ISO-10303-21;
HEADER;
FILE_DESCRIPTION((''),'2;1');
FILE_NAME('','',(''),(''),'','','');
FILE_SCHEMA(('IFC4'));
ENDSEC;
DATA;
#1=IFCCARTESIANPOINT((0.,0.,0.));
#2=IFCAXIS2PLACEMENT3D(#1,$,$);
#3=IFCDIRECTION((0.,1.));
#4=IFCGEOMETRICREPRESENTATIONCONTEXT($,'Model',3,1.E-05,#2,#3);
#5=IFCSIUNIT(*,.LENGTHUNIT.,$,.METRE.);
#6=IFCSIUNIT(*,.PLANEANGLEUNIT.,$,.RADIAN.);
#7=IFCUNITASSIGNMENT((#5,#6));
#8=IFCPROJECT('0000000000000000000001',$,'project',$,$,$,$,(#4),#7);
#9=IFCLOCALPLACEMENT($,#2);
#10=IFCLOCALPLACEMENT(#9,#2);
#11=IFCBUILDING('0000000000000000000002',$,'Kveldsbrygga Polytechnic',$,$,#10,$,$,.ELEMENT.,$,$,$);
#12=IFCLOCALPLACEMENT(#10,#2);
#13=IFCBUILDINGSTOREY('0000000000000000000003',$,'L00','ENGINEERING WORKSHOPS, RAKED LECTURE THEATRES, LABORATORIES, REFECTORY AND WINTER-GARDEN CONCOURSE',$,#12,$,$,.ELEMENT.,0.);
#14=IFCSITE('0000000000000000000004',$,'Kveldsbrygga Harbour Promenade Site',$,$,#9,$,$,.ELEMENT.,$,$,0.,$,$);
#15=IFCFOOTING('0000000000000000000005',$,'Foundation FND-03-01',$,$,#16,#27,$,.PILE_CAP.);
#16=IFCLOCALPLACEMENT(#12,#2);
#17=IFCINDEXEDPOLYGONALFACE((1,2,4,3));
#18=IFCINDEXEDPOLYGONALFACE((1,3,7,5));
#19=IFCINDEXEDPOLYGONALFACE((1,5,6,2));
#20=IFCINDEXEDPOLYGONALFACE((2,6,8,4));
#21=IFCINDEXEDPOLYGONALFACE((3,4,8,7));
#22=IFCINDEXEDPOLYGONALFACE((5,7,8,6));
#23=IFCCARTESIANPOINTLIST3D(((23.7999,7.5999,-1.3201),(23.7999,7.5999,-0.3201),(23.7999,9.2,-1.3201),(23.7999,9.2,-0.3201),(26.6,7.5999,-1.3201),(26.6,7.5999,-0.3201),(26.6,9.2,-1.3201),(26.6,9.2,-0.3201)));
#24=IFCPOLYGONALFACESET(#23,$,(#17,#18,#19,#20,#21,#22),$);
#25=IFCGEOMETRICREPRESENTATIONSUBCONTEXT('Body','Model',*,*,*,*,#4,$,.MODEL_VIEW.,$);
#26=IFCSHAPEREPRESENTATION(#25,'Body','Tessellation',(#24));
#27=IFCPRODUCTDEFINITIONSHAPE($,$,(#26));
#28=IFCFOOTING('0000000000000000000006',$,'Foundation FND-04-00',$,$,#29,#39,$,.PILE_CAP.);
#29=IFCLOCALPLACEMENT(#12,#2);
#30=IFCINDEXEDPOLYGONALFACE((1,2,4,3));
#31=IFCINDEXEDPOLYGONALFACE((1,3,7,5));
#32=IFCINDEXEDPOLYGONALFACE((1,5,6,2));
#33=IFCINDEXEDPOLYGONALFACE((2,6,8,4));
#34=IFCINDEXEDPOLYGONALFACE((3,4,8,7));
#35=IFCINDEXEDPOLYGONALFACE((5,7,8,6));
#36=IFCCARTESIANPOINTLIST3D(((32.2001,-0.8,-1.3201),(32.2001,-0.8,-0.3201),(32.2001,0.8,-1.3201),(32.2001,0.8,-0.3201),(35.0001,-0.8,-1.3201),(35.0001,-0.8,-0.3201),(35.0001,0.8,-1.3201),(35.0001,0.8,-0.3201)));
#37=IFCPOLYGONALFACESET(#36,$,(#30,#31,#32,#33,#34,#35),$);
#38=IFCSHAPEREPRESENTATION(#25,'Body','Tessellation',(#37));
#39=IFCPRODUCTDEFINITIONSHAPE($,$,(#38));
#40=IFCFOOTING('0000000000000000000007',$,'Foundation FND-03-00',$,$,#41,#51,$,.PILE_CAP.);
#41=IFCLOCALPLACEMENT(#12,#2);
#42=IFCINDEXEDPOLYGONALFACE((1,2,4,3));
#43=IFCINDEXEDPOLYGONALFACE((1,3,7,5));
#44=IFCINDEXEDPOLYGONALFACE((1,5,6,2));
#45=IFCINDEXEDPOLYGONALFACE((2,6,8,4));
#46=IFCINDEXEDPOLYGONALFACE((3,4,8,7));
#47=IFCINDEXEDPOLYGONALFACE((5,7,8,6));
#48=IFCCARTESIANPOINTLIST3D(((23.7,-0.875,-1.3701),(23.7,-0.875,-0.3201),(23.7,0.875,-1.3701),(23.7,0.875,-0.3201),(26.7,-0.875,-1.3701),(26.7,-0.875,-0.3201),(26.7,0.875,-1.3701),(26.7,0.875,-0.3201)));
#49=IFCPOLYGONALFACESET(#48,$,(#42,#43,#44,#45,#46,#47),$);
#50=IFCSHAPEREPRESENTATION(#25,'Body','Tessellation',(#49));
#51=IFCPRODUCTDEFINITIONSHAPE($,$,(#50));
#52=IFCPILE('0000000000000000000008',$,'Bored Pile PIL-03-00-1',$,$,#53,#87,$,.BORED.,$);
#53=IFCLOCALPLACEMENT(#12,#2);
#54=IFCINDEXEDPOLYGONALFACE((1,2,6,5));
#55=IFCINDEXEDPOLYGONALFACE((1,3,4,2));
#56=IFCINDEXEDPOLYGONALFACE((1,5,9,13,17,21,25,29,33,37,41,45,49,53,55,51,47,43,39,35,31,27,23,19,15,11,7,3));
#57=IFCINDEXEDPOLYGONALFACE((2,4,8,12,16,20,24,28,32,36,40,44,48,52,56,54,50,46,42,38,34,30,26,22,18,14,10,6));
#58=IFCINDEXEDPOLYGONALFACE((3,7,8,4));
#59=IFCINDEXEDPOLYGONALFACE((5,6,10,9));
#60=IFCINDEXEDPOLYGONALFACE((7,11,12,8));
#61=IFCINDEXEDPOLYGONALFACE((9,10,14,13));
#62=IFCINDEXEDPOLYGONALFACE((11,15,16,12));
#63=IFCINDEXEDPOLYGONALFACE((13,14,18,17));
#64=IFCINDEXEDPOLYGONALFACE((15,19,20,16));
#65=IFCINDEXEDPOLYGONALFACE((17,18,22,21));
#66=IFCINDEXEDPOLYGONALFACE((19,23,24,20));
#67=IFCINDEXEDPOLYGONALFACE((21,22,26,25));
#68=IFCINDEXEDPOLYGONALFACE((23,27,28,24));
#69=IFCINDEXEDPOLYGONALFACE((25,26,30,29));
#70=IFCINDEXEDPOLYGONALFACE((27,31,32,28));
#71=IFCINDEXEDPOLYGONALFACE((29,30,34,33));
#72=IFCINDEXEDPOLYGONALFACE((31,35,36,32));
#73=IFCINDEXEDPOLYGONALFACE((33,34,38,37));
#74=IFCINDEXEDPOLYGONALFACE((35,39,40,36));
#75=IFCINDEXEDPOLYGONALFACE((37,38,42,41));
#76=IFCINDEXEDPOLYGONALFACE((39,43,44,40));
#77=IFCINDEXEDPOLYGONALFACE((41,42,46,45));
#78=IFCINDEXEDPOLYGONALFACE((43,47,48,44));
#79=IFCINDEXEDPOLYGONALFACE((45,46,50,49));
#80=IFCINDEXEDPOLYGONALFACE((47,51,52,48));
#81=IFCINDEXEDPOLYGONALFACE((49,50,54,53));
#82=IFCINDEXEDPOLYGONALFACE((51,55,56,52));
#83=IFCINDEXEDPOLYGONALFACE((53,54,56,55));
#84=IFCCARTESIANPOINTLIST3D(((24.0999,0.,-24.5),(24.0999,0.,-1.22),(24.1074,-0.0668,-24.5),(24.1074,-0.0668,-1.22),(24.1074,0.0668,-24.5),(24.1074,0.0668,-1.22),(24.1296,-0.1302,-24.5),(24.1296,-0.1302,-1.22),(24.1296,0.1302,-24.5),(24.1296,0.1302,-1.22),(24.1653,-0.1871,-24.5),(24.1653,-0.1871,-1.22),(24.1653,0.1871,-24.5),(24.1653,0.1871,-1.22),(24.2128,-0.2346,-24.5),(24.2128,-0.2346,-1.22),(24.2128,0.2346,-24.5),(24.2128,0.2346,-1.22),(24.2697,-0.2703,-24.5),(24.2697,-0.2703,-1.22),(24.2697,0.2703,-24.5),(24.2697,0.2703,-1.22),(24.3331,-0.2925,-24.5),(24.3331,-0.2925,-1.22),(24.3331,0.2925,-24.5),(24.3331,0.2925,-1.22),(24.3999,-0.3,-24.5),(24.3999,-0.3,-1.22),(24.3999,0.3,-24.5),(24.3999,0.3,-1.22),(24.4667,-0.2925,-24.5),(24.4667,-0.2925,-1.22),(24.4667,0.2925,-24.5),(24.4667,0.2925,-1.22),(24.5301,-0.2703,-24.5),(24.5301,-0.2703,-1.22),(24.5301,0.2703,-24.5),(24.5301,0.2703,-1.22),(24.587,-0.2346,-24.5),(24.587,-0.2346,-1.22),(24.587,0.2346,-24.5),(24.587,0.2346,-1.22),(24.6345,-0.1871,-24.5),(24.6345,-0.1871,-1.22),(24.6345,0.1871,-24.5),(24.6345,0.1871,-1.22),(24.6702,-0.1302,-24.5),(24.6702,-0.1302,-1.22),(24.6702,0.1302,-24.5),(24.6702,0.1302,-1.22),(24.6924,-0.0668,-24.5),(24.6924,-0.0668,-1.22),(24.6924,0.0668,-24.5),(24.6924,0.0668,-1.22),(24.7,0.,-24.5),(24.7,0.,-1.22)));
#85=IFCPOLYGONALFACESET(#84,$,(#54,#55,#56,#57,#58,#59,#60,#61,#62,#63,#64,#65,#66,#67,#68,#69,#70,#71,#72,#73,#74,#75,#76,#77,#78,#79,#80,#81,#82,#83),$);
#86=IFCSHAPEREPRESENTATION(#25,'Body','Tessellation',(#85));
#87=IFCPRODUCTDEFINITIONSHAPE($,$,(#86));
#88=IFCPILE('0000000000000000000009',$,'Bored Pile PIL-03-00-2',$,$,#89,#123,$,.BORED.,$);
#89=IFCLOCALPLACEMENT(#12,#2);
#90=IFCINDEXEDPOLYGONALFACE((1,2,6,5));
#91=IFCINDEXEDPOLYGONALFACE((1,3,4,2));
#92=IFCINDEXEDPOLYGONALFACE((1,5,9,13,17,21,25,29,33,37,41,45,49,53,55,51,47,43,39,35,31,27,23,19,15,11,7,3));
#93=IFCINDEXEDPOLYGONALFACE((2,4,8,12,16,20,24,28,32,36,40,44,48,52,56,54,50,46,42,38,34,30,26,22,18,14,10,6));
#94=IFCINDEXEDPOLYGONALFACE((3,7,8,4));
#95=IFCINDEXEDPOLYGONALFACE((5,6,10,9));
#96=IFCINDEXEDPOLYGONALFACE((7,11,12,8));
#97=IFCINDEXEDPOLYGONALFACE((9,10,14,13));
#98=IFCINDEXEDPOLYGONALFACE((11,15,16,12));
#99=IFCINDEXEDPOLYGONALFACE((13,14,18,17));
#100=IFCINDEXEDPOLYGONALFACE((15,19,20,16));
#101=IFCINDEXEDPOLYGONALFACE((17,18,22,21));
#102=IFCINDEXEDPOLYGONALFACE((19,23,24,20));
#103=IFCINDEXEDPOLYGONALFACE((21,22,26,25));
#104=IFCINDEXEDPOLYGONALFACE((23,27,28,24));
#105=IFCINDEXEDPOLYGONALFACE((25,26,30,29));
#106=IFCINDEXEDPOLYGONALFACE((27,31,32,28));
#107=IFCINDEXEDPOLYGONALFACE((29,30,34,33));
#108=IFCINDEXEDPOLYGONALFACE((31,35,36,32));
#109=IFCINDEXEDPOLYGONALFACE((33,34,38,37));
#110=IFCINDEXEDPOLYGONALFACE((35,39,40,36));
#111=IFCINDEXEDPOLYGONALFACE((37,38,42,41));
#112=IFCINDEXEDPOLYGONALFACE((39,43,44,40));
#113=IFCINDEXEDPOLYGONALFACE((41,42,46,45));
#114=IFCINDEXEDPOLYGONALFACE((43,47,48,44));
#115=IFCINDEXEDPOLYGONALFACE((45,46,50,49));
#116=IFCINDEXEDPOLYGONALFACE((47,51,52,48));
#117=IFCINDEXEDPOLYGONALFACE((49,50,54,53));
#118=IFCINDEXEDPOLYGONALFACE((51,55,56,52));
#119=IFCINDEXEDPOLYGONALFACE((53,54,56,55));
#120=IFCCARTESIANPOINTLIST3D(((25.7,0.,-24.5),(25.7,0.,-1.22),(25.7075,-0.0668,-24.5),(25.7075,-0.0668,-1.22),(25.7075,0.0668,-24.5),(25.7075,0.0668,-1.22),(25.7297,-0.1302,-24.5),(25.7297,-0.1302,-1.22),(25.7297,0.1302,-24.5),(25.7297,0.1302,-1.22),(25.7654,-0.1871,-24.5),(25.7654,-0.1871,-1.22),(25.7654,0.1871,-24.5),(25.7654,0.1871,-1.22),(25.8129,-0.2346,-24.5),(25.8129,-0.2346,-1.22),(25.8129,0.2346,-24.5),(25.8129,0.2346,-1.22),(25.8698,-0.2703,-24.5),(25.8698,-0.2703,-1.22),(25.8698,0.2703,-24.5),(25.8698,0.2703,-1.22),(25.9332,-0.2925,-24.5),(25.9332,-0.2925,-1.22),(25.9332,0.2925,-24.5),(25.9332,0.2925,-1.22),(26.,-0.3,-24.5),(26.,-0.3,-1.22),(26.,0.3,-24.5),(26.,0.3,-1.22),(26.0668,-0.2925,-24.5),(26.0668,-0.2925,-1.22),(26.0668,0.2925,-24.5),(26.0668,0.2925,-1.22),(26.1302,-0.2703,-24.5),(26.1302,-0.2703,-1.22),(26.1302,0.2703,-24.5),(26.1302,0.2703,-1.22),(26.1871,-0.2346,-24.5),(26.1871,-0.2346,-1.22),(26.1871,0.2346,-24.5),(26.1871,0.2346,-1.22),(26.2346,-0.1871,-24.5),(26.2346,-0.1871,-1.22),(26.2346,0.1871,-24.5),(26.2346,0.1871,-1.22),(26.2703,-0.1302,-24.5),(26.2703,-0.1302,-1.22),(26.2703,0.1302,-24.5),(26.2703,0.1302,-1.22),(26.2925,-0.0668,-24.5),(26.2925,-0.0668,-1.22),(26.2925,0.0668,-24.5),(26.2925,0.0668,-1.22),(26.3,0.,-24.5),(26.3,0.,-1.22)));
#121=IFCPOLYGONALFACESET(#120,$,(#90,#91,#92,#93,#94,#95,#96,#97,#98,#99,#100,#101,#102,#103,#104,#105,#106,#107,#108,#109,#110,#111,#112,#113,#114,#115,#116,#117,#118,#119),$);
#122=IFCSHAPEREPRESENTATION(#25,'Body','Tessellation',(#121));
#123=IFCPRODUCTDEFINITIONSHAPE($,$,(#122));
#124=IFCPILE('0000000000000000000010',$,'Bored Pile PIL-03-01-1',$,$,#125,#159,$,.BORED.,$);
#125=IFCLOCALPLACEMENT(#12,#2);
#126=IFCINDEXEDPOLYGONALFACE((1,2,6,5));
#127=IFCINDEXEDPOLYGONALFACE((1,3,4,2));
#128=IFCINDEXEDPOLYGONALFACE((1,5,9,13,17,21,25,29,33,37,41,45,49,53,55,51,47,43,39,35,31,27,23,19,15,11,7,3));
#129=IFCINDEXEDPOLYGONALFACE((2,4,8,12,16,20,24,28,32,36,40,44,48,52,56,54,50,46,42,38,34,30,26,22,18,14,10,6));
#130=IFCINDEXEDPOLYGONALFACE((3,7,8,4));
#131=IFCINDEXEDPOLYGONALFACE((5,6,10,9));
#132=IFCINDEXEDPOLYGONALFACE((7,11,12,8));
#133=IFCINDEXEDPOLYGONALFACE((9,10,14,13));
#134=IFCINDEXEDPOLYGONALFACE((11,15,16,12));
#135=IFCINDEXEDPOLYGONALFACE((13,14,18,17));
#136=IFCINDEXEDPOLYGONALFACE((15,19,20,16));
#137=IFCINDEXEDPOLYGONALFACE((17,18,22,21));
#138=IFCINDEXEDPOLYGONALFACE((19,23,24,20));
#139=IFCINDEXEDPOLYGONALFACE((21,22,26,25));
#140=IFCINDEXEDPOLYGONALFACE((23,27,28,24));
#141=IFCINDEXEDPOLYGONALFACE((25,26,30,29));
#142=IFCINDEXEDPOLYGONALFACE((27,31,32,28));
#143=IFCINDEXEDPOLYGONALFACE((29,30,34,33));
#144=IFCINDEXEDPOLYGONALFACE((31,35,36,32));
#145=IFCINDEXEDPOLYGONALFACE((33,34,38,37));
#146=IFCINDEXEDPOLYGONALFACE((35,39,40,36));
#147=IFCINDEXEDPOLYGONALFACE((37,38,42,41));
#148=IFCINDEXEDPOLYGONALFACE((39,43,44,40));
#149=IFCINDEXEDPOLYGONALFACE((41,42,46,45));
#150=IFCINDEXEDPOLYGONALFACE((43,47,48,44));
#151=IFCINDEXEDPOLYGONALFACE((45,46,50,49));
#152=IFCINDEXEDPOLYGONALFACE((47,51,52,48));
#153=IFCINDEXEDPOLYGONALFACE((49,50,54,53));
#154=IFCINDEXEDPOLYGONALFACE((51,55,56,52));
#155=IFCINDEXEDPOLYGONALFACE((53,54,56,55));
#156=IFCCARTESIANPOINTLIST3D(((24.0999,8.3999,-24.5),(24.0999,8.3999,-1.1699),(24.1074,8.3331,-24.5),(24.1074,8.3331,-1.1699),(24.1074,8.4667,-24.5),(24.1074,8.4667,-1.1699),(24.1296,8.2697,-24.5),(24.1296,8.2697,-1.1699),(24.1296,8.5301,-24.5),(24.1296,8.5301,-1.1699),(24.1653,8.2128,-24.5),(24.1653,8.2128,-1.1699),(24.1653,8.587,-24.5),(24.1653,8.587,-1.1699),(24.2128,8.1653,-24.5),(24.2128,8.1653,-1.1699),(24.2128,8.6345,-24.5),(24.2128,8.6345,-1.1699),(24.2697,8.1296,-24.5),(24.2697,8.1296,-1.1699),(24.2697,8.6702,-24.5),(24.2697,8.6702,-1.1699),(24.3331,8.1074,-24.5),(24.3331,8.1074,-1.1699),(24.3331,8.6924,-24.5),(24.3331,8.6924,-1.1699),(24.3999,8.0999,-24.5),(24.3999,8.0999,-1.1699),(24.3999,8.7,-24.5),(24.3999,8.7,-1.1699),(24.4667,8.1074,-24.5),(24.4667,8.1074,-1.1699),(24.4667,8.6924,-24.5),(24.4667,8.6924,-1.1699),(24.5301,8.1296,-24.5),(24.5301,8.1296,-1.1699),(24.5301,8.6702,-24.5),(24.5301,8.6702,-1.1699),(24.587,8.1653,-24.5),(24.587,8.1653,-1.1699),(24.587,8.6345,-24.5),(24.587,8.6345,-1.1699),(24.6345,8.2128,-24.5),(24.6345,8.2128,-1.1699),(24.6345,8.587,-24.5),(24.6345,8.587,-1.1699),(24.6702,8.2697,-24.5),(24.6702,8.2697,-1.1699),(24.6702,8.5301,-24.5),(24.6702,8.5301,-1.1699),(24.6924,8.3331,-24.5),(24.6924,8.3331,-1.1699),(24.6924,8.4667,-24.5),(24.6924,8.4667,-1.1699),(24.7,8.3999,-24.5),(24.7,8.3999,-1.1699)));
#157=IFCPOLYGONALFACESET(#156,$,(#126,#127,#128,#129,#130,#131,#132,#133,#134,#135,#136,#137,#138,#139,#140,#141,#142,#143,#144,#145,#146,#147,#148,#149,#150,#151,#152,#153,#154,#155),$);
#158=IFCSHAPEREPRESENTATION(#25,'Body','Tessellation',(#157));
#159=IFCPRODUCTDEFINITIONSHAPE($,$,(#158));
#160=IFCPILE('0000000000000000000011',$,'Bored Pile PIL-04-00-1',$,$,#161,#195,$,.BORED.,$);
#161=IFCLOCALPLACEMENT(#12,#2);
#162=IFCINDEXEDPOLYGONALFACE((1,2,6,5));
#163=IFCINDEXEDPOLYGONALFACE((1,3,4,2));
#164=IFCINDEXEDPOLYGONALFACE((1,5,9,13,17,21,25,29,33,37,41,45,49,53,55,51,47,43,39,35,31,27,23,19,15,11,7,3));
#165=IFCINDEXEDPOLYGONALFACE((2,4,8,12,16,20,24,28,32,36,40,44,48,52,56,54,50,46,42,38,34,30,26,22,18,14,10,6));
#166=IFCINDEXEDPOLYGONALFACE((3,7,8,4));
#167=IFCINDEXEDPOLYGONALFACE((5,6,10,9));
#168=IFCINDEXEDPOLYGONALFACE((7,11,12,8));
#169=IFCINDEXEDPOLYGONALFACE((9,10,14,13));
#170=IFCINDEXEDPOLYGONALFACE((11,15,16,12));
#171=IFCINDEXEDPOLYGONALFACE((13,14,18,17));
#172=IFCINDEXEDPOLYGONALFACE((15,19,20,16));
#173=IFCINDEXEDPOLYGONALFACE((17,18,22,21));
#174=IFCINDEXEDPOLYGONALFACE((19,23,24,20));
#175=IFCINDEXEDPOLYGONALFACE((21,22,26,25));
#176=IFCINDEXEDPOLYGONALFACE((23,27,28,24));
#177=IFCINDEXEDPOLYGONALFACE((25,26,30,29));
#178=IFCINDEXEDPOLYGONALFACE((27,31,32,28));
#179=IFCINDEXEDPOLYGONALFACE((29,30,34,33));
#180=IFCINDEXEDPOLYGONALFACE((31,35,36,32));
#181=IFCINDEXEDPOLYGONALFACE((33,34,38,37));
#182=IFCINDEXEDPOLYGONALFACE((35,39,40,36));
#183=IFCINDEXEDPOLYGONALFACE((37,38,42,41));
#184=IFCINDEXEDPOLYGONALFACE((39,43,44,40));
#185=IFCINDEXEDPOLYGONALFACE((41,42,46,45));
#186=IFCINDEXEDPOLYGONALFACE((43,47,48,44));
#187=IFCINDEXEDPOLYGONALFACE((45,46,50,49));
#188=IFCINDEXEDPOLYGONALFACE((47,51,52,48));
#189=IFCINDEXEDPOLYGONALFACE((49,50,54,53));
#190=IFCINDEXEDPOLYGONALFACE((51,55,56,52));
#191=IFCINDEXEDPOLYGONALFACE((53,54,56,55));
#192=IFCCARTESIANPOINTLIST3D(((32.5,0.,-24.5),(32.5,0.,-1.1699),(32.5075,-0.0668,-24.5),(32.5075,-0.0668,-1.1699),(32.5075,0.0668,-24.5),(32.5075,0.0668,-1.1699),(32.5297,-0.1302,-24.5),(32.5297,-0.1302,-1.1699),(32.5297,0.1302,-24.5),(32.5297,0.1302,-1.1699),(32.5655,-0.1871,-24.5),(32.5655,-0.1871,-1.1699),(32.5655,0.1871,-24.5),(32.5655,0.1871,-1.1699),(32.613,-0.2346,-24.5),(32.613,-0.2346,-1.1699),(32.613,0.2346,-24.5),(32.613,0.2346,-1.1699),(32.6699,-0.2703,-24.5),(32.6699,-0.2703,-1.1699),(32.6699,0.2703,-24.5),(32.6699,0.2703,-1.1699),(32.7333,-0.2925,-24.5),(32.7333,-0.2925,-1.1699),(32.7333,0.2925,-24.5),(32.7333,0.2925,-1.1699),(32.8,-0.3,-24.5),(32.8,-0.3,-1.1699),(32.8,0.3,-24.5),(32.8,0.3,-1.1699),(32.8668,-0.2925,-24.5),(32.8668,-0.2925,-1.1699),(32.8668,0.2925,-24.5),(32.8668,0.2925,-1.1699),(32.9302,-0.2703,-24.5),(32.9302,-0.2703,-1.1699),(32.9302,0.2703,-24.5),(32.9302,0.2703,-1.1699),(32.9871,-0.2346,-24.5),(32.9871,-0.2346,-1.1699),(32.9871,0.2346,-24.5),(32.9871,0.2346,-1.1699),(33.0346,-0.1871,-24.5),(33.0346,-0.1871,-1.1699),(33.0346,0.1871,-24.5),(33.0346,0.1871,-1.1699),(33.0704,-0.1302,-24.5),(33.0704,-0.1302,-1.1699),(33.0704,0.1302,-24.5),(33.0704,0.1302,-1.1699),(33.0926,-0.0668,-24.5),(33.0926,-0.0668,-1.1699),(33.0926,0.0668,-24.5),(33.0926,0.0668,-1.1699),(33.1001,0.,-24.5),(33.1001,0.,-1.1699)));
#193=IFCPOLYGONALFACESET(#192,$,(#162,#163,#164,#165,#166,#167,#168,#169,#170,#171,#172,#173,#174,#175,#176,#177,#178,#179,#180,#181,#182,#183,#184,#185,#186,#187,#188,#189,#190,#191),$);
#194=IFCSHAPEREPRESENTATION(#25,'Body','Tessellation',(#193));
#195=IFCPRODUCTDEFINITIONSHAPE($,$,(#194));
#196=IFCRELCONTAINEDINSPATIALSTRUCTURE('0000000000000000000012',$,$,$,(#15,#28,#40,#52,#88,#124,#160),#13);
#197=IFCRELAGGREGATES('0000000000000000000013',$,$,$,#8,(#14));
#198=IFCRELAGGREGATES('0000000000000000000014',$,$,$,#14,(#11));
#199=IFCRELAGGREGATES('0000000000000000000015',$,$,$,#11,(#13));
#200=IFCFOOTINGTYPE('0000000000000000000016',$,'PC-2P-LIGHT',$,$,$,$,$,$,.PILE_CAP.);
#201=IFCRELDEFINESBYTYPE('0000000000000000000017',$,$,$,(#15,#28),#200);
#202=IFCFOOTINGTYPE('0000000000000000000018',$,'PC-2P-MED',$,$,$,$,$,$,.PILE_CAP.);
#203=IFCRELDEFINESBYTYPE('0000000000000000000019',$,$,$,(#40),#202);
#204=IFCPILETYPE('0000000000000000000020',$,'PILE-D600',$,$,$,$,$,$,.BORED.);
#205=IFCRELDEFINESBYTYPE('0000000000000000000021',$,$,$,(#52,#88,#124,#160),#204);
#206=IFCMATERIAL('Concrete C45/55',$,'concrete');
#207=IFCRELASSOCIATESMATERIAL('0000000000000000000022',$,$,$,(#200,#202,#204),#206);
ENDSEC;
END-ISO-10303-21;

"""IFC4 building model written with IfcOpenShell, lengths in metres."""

from ifc_helpers import new_model, si_unit, direction, frame, origin, origin_2d, place, context, subcontext, project, spatial, rectangle, circle, extrude, material, material_profile, profile_set, type_object, element, save


model = new_model("IFC4")

# Units and contexts
model_context = context("Model", 3, precision=1e-05, world=origin(), true_north=direction((0.0, 1.0)))
body_context = subcontext(model_context, "Body", "Model", "MODEL_VIEW")
ifc_project = project(units=[si_unit("LENGTHUNIT", "METRE"), si_unit("PLANEANGLEUNIT", "RADIAN")], contexts=[model_context])

# Site, building, storey
site_placement = place(None, origin())
site = spatial("IfcSite", under=ifc_project, at=site_placement, Name="Kveldsbrygga Harbour Promenade Site", CompositionType="ELEMENT", RefElevation=0.0)
building_placement = place(site_placement, origin())
building = spatial("IfcBuilding", under=site, at=building_placement, Name="Kveldsbrygga Polytechnic", CompositionType="ELEMENT")
storey_placement = place(building_placement, origin())
storey = spatial("IfcBuildingStorey", under=building, at=storey_placement, Name="L00", Description="ENGINEERING WORKSHOPS, RAKED LECTURE THEATRES, LABORATORIES, REFECTORY AND WINTER-GARDEN CONCOURSE", CompositionType="ELEMENT", Elevation=0.0)

# Footings
ifc_material_1 = material(Name="Concrete C45/55", Category="concrete")
footing_type_1 = type_object("IfcFootingType", Name="PC-2P-LIGHT", PredefinedType="PILE_CAP", material=ifc_material_1)
for number, where, z_axis, x_axis, name in (
    (1, (25.2, 8.3999, -1.3201), (0.0, 0.0, 1.0), (1.0, 0.0, 0.0), "Foundation FND-03-01"),
    (2, (33.6001, 0.0, -1.3201), (0.0, 0.0, 1.0), (1.0, 0.0, 0.0), "Foundation FND-04-00"),
):
    element("IfcFooting", number, at=place(storey_placement, frame(where, z_axis=z_axis, x_axis=x_axis)), inside=storey, type_object=footing_type_1, Name=name, PredefinedType="PILE_CAP", context=body_context, shape_type="SweptSolid", body=[
        extrude(rectangle(XDim=2.8, YDim=1.6001, at=origin_2d()), origin(), (0.0, 0.0, 1.0), 1.0),
    ])
footing_type_2 = type_object("IfcFootingType", Name="PC-2P-MED", PredefinedType="PILE_CAP", material=ifc_material_1)
footing_placement = place(storey_placement, frame((25.2, 0.0, -1.3701), z_axis=(0.0, 0.0, 1.0), x_axis=(1.0, 0.0, 0.0)))
element("IfcFooting", 3, at=footing_placement, inside=storey, type_object=footing_type_2, Name="Foundation FND-03-00", PredefinedType="PILE_CAP", context=body_context, shape_type="SweptSolid", body=[
    extrude(rectangle(XDim=3.0, YDim=1.75, at=origin_2d()), origin(), (0.0, 0.0, 1.0), 1.05),
])

# Piles
ifc_material_profile_1 = material_profile(ifc_material_1, circle(Radius=0.3, at=origin_2d()), Name="PILE D600")
ifc_profile_set_1 = profile_set([ifc_material_profile_1], Name="Concrete C45/55")
pile_type = type_object("IfcPileType", Name="PILE-D600", PredefinedType="BORED", material=ifc_profile_set_1)
for number, where, z_axis, x_axis, name in (
    (4, (24.3999, 0.0, -1.22), (0.0, 0.0, -1.0), (1.0, 0.0, 0.0), "Bored Pile PIL-03-00-1"),
    (5, (26.0, 0.0, -1.22), (0.0, 0.0, -1.0), (1.0, 0.0, 0.0), "Bored Pile PIL-03-00-2"),
):
    element("IfcPile", number, at=place(storey_placement, frame(where, z_axis=z_axis, x_axis=x_axis)), inside=storey, type_object=pile_type, Name=name, PredefinedType="BORED", context=body_context, shape_type="SweptSolid", body=[
        extrude(circle(Radius=0.3, at=origin_2d()), origin(), (0.0, 0.0, 1.0), 23.28),
    ])
for number, where, z_axis, x_axis, name in (
    (6, (24.3999, 8.3999, -1.1699), (0.0, 0.0, -1.0), (1.0, 0.0, 0.0), "Bored Pile PIL-03-01-1"),
    (7, (32.8, 0.0, -1.1699), (0.0, 0.0, -1.0), (1.0, 0.0, 0.0), "Bored Pile PIL-04-00-1"),
):
    element("IfcPile", number, at=place(storey_placement, frame(where, z_axis=z_axis, x_axis=x_axis)), inside=storey, type_object=pile_type, Name=name, PredefinedType="BORED", context=body_context, shape_type="SweptSolid", body=[
        extrude(circle(Radius=0.3, at=origin_2d()), origin(), (0.0, 0.0, 1.0), 23.3301),
    ])

save(model, "model.ifc")
